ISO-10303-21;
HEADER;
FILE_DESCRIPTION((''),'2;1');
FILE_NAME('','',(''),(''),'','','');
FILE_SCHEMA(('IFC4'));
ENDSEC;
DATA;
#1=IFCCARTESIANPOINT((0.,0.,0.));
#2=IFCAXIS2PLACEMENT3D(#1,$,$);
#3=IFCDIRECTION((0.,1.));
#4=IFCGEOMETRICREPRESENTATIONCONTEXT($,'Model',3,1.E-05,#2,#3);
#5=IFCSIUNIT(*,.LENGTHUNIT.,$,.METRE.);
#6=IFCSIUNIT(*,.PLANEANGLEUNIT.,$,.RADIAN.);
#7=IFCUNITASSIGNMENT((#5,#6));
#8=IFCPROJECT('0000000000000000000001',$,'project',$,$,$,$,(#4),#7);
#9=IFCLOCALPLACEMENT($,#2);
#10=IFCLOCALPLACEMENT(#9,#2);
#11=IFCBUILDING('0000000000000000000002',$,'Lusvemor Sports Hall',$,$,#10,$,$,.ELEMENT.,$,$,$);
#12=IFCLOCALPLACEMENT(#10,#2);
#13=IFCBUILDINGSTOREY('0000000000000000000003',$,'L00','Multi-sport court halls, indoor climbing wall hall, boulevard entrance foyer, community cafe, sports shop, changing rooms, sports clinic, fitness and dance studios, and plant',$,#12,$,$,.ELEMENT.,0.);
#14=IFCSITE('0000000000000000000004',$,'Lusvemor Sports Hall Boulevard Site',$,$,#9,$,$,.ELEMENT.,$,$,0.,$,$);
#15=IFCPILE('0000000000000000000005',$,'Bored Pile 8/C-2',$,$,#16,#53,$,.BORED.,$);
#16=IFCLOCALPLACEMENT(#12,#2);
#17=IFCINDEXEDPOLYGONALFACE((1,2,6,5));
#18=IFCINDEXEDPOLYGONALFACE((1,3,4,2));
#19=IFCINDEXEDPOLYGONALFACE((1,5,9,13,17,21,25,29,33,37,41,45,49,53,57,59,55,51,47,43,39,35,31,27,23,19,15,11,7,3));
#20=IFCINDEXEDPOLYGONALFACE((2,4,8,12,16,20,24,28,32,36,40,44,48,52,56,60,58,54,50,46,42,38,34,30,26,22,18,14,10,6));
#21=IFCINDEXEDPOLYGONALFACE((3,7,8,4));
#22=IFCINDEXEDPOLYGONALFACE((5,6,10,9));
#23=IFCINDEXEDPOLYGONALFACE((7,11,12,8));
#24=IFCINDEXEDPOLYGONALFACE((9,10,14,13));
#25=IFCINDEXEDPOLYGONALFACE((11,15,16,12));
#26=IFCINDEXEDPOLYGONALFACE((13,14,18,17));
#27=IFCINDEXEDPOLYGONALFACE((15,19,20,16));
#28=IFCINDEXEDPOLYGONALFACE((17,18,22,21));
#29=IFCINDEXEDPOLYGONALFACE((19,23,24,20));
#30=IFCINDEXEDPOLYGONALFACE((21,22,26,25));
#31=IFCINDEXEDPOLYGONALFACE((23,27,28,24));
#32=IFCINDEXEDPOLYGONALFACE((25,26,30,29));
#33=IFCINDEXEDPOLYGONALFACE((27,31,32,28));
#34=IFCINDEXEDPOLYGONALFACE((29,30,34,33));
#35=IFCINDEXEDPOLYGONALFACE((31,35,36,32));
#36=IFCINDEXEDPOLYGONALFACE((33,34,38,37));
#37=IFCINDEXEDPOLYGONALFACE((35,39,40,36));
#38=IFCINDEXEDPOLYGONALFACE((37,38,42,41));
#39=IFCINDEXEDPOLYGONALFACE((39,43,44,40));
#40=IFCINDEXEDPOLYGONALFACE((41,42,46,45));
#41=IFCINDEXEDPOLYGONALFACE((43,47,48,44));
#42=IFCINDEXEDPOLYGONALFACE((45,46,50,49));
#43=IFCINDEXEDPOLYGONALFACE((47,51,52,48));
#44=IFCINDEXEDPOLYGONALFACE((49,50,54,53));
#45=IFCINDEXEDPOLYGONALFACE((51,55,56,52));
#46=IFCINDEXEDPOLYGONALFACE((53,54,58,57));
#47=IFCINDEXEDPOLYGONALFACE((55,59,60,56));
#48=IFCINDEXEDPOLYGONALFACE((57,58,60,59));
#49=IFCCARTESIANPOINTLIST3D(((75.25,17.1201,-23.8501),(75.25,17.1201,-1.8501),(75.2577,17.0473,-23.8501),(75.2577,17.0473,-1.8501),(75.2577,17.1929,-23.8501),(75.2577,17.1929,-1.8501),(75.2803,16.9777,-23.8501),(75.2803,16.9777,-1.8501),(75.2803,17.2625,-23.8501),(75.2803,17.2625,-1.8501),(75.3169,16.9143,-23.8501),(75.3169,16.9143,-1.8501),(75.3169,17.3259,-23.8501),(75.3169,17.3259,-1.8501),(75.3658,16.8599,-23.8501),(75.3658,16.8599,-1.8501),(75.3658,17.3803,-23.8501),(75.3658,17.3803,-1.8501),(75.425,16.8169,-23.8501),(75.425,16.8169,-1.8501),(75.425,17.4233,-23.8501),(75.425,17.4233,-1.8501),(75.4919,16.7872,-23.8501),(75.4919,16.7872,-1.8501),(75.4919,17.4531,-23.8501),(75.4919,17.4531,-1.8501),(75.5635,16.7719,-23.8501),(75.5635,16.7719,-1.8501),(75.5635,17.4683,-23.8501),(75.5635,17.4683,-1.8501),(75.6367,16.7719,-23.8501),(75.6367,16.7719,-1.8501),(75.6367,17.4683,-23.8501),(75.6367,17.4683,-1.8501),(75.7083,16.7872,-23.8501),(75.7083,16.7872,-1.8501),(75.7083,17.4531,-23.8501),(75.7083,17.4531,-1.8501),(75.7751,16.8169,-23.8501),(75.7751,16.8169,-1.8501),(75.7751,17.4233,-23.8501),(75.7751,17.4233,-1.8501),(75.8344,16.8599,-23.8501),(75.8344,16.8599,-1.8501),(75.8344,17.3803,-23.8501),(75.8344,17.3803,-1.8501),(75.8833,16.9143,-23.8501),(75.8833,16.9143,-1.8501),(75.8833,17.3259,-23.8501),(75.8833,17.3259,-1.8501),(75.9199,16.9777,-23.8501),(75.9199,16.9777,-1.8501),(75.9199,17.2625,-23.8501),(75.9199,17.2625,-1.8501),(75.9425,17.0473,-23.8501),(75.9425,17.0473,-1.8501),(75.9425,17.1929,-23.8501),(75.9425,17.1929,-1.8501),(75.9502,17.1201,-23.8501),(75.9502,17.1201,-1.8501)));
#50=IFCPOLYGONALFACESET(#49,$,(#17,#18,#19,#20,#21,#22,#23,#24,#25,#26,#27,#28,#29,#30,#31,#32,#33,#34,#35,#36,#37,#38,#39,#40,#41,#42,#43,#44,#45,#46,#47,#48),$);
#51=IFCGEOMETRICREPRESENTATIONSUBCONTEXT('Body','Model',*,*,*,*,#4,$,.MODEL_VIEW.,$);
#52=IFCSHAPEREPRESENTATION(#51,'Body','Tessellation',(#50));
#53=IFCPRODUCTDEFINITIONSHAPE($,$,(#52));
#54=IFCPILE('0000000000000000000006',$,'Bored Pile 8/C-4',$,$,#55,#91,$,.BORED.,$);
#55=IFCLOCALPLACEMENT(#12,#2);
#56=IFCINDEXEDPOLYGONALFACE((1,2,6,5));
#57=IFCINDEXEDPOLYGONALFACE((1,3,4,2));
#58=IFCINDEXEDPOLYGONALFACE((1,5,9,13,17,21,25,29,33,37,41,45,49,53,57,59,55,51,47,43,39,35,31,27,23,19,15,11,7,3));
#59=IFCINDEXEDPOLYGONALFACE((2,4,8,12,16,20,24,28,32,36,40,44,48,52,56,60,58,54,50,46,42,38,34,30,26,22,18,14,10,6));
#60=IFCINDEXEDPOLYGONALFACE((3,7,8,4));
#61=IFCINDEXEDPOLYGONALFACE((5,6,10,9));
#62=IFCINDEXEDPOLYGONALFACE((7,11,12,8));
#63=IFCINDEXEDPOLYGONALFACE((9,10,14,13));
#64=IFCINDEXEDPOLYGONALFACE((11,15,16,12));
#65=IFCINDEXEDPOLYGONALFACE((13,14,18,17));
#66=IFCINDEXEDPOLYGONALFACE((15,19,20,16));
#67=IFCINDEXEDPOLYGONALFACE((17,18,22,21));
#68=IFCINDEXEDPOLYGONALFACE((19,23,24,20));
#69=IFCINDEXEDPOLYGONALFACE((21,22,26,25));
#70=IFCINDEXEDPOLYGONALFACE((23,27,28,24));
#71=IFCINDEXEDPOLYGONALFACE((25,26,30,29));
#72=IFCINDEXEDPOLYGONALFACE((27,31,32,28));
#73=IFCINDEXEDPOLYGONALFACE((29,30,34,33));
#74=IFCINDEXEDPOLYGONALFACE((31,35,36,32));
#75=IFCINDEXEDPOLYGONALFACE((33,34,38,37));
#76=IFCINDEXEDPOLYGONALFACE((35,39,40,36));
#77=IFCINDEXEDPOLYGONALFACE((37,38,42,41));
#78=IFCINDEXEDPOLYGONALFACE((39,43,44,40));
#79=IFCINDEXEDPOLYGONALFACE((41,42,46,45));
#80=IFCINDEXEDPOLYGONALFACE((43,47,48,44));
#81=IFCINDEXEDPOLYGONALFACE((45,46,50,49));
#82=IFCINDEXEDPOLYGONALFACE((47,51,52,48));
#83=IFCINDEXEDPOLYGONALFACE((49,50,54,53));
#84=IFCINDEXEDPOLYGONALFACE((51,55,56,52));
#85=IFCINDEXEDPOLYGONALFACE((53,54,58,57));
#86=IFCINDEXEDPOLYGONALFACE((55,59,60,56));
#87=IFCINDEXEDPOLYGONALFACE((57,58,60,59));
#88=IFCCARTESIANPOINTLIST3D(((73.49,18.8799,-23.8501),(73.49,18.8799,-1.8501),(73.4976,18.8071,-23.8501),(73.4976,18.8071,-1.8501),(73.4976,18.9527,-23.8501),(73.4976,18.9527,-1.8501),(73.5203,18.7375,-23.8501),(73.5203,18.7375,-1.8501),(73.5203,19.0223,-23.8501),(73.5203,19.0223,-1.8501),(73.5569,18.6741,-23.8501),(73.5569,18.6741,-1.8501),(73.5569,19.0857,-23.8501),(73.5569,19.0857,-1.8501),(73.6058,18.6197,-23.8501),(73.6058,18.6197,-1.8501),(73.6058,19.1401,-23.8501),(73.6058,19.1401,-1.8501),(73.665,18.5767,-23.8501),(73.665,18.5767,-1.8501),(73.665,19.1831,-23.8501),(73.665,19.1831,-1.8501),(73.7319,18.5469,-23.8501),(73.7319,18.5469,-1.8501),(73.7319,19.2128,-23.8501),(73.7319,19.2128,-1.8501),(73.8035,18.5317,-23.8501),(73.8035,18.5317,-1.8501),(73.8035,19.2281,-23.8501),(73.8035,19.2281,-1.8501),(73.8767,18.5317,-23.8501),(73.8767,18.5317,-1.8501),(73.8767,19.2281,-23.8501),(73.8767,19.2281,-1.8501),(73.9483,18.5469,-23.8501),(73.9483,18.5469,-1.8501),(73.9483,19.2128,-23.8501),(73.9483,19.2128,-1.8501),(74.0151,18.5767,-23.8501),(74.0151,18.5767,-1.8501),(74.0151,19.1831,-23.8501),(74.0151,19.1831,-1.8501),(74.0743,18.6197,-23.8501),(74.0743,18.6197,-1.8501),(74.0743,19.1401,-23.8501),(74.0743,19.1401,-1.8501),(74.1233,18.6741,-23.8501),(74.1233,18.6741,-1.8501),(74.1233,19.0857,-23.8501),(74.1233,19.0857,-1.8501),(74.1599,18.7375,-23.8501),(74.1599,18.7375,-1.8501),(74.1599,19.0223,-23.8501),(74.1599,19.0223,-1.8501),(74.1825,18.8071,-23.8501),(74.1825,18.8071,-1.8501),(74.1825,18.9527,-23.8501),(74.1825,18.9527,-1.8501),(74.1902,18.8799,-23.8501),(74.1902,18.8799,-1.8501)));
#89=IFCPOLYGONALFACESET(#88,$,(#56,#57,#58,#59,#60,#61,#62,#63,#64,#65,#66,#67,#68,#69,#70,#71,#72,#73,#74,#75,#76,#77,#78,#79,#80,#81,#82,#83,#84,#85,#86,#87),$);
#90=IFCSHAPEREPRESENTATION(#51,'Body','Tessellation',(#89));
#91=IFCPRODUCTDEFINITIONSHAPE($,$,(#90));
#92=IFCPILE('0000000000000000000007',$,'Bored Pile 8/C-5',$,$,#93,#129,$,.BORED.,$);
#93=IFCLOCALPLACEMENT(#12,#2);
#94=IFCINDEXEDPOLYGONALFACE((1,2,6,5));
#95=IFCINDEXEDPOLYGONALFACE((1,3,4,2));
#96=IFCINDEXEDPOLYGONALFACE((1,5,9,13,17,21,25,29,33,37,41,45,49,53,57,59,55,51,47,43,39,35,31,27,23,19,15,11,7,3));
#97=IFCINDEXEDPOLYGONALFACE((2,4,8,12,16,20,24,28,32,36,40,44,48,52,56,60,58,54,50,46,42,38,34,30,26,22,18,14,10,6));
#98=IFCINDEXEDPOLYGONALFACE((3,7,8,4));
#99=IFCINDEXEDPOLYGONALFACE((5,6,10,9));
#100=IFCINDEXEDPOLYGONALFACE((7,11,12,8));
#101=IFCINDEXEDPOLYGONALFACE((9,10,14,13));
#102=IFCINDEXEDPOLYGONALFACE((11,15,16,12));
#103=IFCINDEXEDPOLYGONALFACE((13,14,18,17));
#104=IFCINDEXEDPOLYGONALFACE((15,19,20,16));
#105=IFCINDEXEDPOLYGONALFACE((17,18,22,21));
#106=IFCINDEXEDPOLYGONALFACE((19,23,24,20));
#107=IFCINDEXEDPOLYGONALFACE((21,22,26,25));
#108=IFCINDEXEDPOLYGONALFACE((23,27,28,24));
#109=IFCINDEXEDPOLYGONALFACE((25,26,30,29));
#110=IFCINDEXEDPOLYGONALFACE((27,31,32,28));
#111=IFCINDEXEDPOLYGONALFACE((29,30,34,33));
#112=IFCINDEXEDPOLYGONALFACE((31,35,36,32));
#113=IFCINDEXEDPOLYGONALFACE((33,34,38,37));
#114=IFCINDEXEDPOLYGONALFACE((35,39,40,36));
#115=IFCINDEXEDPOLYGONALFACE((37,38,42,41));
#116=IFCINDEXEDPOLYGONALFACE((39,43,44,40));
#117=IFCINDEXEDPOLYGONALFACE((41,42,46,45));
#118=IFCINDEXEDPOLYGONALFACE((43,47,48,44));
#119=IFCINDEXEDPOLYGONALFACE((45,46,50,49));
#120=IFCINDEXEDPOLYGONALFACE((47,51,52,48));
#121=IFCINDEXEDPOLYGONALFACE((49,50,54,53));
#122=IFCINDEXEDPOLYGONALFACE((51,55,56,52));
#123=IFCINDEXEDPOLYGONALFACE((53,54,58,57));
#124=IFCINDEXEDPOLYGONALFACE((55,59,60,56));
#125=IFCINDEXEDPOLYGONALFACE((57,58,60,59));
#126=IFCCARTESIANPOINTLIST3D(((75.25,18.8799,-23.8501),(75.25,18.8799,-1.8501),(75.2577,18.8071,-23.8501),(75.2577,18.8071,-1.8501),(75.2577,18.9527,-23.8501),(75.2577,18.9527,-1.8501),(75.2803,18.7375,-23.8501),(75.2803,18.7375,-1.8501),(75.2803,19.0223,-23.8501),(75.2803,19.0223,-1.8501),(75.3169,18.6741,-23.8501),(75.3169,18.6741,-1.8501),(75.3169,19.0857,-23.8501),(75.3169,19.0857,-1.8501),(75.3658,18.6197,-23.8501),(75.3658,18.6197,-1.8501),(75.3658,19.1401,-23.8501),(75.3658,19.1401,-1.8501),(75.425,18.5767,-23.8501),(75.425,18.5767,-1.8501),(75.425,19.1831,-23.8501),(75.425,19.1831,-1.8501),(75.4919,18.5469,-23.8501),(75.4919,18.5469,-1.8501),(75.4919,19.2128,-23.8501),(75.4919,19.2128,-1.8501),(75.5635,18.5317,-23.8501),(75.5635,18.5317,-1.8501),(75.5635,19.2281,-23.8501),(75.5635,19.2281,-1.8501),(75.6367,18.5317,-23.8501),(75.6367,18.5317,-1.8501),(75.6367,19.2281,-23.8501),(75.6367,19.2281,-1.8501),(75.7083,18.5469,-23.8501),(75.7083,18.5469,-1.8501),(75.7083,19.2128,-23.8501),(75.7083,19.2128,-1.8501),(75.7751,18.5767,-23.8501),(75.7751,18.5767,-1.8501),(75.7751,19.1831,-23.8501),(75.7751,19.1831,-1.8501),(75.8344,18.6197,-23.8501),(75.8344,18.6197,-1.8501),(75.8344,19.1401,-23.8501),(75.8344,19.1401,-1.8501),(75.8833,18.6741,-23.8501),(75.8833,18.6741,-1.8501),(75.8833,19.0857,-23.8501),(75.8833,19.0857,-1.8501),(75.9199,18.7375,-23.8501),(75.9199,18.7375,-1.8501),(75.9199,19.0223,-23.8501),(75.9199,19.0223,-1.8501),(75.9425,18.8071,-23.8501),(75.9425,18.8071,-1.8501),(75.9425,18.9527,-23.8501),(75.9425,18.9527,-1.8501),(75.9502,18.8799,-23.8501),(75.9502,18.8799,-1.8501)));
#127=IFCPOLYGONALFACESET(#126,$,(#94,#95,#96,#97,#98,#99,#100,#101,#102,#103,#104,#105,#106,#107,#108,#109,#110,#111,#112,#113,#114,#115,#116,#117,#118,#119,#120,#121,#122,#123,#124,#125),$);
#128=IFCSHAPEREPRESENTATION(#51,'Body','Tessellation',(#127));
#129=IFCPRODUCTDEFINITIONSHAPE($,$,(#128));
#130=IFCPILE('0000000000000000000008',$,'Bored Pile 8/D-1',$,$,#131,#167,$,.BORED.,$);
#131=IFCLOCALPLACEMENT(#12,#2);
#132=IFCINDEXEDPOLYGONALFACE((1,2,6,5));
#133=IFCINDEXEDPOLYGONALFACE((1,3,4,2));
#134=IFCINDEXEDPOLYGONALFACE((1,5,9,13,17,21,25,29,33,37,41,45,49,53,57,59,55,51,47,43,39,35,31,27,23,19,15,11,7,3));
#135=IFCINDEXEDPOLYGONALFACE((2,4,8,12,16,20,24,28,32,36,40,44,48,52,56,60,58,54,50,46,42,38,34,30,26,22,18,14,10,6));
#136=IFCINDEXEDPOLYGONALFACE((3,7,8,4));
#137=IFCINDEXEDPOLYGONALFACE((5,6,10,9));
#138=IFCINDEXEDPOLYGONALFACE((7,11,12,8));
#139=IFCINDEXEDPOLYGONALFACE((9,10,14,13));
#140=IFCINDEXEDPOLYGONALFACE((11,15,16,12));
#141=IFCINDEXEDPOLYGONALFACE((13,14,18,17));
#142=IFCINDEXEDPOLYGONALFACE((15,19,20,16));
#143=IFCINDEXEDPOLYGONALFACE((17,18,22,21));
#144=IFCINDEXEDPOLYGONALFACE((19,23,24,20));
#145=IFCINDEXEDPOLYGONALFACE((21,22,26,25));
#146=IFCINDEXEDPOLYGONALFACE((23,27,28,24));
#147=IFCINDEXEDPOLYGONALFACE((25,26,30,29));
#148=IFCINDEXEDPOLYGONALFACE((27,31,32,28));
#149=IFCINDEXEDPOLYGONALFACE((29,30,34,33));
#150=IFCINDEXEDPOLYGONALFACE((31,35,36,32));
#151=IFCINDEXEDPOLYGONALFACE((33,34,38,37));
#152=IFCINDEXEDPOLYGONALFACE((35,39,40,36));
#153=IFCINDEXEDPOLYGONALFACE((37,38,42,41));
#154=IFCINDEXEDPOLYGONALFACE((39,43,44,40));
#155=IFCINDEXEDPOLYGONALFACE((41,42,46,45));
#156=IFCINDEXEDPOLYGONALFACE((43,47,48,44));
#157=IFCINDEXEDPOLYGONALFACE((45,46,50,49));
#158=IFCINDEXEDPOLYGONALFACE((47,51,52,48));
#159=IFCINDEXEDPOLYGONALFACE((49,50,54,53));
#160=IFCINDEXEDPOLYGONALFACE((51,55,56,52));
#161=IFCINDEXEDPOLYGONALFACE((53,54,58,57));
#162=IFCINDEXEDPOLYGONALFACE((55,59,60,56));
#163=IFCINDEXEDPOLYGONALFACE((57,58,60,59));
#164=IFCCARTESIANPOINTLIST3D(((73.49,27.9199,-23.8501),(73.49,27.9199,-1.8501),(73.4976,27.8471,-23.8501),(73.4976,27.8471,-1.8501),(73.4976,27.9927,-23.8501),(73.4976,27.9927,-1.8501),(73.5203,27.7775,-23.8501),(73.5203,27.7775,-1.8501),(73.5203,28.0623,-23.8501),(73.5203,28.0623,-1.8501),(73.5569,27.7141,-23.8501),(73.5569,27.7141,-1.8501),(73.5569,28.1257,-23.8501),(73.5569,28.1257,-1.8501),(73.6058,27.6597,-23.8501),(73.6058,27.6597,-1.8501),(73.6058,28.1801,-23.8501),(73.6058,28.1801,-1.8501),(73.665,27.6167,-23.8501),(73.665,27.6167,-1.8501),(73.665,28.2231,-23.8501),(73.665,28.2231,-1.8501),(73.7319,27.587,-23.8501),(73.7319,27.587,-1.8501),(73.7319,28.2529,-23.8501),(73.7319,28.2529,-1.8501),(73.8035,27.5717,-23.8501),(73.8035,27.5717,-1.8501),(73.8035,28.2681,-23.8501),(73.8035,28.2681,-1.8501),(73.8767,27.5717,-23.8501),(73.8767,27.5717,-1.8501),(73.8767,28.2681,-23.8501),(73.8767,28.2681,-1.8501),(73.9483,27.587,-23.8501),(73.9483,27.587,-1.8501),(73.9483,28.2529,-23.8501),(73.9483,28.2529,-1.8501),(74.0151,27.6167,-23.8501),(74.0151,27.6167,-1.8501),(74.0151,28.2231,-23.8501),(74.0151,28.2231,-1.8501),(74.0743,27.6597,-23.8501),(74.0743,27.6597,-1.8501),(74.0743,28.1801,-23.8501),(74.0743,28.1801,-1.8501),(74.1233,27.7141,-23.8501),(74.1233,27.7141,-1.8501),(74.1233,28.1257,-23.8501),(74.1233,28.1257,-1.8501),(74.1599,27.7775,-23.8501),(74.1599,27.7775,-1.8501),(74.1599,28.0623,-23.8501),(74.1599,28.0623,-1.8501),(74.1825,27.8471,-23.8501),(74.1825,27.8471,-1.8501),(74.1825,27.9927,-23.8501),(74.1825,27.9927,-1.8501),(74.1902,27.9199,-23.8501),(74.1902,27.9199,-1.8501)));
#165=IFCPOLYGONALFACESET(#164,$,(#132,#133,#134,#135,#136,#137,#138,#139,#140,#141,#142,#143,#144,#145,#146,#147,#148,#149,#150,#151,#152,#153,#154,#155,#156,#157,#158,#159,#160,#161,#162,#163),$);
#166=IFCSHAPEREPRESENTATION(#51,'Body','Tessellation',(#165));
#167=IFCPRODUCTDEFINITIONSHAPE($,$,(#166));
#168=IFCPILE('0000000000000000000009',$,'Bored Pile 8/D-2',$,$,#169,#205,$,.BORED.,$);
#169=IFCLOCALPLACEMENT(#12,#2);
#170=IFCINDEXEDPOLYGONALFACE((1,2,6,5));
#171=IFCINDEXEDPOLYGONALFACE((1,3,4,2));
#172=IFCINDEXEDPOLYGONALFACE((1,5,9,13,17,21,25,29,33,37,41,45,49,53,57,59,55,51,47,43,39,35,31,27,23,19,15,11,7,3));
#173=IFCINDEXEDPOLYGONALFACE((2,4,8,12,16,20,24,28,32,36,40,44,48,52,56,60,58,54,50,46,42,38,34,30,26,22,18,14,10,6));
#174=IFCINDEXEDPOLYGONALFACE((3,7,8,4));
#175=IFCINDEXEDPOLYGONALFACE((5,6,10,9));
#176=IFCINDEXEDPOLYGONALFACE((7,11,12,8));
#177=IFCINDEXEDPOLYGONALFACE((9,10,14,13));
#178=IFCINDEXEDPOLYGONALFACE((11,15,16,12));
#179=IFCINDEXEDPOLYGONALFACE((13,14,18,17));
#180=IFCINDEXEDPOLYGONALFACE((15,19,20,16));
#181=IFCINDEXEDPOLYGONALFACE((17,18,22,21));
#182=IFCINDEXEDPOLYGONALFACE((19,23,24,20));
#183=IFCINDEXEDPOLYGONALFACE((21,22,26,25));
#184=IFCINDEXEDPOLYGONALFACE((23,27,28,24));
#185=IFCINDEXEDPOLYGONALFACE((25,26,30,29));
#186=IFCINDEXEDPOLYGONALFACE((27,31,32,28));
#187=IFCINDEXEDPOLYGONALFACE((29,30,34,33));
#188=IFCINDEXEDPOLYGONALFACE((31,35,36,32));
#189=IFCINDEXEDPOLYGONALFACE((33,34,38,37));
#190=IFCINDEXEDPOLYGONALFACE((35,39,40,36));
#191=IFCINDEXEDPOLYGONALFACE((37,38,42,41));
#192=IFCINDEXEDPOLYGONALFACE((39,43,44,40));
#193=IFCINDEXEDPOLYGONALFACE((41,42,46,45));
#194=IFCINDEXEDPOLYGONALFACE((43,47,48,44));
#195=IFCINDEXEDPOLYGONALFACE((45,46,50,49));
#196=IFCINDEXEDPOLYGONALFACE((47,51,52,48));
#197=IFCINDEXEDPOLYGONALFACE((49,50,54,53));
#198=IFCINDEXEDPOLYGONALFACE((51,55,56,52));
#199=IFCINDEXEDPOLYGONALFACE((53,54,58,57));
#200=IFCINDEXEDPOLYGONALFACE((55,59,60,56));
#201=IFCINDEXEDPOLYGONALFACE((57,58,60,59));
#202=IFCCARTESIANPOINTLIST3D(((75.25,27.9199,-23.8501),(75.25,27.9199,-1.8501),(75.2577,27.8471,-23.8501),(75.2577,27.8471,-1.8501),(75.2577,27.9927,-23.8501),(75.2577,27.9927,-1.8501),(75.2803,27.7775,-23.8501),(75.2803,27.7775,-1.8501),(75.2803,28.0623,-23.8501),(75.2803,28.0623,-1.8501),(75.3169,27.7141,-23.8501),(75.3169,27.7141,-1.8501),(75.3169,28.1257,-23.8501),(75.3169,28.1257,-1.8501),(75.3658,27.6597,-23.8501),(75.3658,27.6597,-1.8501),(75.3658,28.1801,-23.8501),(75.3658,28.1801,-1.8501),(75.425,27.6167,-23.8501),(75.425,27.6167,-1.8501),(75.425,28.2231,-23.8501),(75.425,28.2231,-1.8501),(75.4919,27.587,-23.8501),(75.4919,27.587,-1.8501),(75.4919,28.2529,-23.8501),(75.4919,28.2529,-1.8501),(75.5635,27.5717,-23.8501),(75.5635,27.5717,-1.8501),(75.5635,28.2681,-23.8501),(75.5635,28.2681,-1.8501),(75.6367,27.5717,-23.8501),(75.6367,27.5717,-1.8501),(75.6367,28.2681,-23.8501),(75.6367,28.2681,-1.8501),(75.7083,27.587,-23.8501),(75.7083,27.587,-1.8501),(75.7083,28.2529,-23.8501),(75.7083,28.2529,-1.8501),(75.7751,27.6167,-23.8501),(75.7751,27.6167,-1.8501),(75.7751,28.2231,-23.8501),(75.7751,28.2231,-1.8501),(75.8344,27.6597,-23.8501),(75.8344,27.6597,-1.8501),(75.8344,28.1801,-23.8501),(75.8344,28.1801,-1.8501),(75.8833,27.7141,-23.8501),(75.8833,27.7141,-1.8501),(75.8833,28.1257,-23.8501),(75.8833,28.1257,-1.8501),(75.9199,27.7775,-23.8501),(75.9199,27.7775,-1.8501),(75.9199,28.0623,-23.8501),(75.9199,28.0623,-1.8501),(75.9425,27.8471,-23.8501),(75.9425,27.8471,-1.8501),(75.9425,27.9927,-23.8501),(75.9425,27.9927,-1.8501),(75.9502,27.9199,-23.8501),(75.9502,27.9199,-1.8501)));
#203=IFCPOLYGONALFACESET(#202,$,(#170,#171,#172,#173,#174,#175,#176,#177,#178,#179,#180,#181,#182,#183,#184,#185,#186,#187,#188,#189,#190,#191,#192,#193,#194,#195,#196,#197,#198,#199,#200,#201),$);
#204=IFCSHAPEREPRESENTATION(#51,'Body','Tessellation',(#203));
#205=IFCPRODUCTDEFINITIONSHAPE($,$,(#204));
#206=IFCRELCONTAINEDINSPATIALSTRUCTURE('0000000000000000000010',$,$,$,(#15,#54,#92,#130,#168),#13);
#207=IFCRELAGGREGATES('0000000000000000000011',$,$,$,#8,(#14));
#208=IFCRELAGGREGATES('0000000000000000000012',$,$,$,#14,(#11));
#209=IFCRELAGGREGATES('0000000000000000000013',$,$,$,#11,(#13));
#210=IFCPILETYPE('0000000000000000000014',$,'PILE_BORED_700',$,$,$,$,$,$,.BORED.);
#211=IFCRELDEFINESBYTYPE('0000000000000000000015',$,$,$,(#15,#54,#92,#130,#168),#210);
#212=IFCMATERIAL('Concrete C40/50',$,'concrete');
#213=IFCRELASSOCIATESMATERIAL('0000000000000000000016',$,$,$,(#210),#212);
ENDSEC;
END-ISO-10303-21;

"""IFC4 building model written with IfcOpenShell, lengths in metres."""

from ifc_helpers import new_model, si_unit, direction, frame, origin, origin_2d, place, context, subcontext, project, spatial, circle, extrude, material, material_profile, profile_set, type_object, element, save


model = new_model("IFC4")

# Units and contexts
model_context = context("Model", 3, precision=1e-05, world=origin(), true_north=direction((0.0, 1.0)))
body_context = subcontext(model_context, "Body", "Model", "MODEL_VIEW")
ifc_project = project(units=[si_unit("LENGTHUNIT", "METRE"), si_unit("PLANEANGLEUNIT", "RADIAN")], contexts=[model_context])

# Site, building, storey
site_placement = place(None, origin())
site = spatial("IfcSite", under=ifc_project, at=site_placement, Name="Lusvemor Sports Hall Boulevard Site", CompositionType="ELEMENT", RefElevation=0.0)
building_placement = place(site_placement, origin())
building = spatial("IfcBuilding", under=site, at=building_placement, Name="Lusvemor Sports Hall", CompositionType="ELEMENT")
storey_placement = place(building_placement, origin())
storey = spatial("IfcBuildingStorey", under=building, at=storey_placement, Name="L00", Description="Multi-sport court halls, indoor climbing wall hall, boulevard entrance foyer, community cafe, sports shop, changing rooms, sports clinic, fitness and dance studios, and plant", CompositionType="ELEMENT", Elevation=0.0)

# Piles
ifc_material_1 = material(Name="Concrete C40/50", Category="concrete")
ifc_material_profile_1 = material_profile(ifc_material_1, circle(Radius=0.3501, at=origin_2d()), Name="PILE700")
ifc_profile_set_1 = profile_set([ifc_material_profile_1], Name="Concrete C40/50")
pile_type = type_object("IfcPileType", Name="PILE_BORED_700", PredefinedType="BORED", material=ifc_profile_set_1)
for number, where, z_axis, x_axis, name in (
    (1, (75.6001, 17.1201, -1.8501), (0.0, 0.0, -1.0), (1.0, 0.0, 0.0), "Bored Pile 8/C-2"),
    (2, (73.8401, 18.8799, -1.8501), (0.0, 0.0, -1.0), (1.0, 0.0, 0.0), "Bored Pile 8/C-4"),
    (3, (75.6001, 18.8799, -1.8501), (0.0, 0.0, -1.0), (1.0, 0.0, 0.0), "Bored Pile 8/C-5"),
    (4, (73.8401, 27.9199, -1.8501), (0.0, 0.0, -1.0), (1.0, 0.0, 0.0), "Bored Pile 8/D-1"),
    (5, (75.6001, 27.9199, -1.8501), (0.0, 0.0, -1.0), (1.0, 0.0, 0.0), "Bored Pile 8/D-2"),
):
    element("IfcPile", number, at=place(storey_placement, frame(where, z_axis=z_axis, x_axis=x_axis)), inside=storey, type_object=pile_type, Name=name, PredefinedType="BORED", context=body_context, shape_type="SweptSolid", body=[
        extrude(circle(Radius=0.3501, at=origin_2d()), origin(), (0.0, 0.0, 1.0), 22.0),
    ])

save(model, "model.ifc")
